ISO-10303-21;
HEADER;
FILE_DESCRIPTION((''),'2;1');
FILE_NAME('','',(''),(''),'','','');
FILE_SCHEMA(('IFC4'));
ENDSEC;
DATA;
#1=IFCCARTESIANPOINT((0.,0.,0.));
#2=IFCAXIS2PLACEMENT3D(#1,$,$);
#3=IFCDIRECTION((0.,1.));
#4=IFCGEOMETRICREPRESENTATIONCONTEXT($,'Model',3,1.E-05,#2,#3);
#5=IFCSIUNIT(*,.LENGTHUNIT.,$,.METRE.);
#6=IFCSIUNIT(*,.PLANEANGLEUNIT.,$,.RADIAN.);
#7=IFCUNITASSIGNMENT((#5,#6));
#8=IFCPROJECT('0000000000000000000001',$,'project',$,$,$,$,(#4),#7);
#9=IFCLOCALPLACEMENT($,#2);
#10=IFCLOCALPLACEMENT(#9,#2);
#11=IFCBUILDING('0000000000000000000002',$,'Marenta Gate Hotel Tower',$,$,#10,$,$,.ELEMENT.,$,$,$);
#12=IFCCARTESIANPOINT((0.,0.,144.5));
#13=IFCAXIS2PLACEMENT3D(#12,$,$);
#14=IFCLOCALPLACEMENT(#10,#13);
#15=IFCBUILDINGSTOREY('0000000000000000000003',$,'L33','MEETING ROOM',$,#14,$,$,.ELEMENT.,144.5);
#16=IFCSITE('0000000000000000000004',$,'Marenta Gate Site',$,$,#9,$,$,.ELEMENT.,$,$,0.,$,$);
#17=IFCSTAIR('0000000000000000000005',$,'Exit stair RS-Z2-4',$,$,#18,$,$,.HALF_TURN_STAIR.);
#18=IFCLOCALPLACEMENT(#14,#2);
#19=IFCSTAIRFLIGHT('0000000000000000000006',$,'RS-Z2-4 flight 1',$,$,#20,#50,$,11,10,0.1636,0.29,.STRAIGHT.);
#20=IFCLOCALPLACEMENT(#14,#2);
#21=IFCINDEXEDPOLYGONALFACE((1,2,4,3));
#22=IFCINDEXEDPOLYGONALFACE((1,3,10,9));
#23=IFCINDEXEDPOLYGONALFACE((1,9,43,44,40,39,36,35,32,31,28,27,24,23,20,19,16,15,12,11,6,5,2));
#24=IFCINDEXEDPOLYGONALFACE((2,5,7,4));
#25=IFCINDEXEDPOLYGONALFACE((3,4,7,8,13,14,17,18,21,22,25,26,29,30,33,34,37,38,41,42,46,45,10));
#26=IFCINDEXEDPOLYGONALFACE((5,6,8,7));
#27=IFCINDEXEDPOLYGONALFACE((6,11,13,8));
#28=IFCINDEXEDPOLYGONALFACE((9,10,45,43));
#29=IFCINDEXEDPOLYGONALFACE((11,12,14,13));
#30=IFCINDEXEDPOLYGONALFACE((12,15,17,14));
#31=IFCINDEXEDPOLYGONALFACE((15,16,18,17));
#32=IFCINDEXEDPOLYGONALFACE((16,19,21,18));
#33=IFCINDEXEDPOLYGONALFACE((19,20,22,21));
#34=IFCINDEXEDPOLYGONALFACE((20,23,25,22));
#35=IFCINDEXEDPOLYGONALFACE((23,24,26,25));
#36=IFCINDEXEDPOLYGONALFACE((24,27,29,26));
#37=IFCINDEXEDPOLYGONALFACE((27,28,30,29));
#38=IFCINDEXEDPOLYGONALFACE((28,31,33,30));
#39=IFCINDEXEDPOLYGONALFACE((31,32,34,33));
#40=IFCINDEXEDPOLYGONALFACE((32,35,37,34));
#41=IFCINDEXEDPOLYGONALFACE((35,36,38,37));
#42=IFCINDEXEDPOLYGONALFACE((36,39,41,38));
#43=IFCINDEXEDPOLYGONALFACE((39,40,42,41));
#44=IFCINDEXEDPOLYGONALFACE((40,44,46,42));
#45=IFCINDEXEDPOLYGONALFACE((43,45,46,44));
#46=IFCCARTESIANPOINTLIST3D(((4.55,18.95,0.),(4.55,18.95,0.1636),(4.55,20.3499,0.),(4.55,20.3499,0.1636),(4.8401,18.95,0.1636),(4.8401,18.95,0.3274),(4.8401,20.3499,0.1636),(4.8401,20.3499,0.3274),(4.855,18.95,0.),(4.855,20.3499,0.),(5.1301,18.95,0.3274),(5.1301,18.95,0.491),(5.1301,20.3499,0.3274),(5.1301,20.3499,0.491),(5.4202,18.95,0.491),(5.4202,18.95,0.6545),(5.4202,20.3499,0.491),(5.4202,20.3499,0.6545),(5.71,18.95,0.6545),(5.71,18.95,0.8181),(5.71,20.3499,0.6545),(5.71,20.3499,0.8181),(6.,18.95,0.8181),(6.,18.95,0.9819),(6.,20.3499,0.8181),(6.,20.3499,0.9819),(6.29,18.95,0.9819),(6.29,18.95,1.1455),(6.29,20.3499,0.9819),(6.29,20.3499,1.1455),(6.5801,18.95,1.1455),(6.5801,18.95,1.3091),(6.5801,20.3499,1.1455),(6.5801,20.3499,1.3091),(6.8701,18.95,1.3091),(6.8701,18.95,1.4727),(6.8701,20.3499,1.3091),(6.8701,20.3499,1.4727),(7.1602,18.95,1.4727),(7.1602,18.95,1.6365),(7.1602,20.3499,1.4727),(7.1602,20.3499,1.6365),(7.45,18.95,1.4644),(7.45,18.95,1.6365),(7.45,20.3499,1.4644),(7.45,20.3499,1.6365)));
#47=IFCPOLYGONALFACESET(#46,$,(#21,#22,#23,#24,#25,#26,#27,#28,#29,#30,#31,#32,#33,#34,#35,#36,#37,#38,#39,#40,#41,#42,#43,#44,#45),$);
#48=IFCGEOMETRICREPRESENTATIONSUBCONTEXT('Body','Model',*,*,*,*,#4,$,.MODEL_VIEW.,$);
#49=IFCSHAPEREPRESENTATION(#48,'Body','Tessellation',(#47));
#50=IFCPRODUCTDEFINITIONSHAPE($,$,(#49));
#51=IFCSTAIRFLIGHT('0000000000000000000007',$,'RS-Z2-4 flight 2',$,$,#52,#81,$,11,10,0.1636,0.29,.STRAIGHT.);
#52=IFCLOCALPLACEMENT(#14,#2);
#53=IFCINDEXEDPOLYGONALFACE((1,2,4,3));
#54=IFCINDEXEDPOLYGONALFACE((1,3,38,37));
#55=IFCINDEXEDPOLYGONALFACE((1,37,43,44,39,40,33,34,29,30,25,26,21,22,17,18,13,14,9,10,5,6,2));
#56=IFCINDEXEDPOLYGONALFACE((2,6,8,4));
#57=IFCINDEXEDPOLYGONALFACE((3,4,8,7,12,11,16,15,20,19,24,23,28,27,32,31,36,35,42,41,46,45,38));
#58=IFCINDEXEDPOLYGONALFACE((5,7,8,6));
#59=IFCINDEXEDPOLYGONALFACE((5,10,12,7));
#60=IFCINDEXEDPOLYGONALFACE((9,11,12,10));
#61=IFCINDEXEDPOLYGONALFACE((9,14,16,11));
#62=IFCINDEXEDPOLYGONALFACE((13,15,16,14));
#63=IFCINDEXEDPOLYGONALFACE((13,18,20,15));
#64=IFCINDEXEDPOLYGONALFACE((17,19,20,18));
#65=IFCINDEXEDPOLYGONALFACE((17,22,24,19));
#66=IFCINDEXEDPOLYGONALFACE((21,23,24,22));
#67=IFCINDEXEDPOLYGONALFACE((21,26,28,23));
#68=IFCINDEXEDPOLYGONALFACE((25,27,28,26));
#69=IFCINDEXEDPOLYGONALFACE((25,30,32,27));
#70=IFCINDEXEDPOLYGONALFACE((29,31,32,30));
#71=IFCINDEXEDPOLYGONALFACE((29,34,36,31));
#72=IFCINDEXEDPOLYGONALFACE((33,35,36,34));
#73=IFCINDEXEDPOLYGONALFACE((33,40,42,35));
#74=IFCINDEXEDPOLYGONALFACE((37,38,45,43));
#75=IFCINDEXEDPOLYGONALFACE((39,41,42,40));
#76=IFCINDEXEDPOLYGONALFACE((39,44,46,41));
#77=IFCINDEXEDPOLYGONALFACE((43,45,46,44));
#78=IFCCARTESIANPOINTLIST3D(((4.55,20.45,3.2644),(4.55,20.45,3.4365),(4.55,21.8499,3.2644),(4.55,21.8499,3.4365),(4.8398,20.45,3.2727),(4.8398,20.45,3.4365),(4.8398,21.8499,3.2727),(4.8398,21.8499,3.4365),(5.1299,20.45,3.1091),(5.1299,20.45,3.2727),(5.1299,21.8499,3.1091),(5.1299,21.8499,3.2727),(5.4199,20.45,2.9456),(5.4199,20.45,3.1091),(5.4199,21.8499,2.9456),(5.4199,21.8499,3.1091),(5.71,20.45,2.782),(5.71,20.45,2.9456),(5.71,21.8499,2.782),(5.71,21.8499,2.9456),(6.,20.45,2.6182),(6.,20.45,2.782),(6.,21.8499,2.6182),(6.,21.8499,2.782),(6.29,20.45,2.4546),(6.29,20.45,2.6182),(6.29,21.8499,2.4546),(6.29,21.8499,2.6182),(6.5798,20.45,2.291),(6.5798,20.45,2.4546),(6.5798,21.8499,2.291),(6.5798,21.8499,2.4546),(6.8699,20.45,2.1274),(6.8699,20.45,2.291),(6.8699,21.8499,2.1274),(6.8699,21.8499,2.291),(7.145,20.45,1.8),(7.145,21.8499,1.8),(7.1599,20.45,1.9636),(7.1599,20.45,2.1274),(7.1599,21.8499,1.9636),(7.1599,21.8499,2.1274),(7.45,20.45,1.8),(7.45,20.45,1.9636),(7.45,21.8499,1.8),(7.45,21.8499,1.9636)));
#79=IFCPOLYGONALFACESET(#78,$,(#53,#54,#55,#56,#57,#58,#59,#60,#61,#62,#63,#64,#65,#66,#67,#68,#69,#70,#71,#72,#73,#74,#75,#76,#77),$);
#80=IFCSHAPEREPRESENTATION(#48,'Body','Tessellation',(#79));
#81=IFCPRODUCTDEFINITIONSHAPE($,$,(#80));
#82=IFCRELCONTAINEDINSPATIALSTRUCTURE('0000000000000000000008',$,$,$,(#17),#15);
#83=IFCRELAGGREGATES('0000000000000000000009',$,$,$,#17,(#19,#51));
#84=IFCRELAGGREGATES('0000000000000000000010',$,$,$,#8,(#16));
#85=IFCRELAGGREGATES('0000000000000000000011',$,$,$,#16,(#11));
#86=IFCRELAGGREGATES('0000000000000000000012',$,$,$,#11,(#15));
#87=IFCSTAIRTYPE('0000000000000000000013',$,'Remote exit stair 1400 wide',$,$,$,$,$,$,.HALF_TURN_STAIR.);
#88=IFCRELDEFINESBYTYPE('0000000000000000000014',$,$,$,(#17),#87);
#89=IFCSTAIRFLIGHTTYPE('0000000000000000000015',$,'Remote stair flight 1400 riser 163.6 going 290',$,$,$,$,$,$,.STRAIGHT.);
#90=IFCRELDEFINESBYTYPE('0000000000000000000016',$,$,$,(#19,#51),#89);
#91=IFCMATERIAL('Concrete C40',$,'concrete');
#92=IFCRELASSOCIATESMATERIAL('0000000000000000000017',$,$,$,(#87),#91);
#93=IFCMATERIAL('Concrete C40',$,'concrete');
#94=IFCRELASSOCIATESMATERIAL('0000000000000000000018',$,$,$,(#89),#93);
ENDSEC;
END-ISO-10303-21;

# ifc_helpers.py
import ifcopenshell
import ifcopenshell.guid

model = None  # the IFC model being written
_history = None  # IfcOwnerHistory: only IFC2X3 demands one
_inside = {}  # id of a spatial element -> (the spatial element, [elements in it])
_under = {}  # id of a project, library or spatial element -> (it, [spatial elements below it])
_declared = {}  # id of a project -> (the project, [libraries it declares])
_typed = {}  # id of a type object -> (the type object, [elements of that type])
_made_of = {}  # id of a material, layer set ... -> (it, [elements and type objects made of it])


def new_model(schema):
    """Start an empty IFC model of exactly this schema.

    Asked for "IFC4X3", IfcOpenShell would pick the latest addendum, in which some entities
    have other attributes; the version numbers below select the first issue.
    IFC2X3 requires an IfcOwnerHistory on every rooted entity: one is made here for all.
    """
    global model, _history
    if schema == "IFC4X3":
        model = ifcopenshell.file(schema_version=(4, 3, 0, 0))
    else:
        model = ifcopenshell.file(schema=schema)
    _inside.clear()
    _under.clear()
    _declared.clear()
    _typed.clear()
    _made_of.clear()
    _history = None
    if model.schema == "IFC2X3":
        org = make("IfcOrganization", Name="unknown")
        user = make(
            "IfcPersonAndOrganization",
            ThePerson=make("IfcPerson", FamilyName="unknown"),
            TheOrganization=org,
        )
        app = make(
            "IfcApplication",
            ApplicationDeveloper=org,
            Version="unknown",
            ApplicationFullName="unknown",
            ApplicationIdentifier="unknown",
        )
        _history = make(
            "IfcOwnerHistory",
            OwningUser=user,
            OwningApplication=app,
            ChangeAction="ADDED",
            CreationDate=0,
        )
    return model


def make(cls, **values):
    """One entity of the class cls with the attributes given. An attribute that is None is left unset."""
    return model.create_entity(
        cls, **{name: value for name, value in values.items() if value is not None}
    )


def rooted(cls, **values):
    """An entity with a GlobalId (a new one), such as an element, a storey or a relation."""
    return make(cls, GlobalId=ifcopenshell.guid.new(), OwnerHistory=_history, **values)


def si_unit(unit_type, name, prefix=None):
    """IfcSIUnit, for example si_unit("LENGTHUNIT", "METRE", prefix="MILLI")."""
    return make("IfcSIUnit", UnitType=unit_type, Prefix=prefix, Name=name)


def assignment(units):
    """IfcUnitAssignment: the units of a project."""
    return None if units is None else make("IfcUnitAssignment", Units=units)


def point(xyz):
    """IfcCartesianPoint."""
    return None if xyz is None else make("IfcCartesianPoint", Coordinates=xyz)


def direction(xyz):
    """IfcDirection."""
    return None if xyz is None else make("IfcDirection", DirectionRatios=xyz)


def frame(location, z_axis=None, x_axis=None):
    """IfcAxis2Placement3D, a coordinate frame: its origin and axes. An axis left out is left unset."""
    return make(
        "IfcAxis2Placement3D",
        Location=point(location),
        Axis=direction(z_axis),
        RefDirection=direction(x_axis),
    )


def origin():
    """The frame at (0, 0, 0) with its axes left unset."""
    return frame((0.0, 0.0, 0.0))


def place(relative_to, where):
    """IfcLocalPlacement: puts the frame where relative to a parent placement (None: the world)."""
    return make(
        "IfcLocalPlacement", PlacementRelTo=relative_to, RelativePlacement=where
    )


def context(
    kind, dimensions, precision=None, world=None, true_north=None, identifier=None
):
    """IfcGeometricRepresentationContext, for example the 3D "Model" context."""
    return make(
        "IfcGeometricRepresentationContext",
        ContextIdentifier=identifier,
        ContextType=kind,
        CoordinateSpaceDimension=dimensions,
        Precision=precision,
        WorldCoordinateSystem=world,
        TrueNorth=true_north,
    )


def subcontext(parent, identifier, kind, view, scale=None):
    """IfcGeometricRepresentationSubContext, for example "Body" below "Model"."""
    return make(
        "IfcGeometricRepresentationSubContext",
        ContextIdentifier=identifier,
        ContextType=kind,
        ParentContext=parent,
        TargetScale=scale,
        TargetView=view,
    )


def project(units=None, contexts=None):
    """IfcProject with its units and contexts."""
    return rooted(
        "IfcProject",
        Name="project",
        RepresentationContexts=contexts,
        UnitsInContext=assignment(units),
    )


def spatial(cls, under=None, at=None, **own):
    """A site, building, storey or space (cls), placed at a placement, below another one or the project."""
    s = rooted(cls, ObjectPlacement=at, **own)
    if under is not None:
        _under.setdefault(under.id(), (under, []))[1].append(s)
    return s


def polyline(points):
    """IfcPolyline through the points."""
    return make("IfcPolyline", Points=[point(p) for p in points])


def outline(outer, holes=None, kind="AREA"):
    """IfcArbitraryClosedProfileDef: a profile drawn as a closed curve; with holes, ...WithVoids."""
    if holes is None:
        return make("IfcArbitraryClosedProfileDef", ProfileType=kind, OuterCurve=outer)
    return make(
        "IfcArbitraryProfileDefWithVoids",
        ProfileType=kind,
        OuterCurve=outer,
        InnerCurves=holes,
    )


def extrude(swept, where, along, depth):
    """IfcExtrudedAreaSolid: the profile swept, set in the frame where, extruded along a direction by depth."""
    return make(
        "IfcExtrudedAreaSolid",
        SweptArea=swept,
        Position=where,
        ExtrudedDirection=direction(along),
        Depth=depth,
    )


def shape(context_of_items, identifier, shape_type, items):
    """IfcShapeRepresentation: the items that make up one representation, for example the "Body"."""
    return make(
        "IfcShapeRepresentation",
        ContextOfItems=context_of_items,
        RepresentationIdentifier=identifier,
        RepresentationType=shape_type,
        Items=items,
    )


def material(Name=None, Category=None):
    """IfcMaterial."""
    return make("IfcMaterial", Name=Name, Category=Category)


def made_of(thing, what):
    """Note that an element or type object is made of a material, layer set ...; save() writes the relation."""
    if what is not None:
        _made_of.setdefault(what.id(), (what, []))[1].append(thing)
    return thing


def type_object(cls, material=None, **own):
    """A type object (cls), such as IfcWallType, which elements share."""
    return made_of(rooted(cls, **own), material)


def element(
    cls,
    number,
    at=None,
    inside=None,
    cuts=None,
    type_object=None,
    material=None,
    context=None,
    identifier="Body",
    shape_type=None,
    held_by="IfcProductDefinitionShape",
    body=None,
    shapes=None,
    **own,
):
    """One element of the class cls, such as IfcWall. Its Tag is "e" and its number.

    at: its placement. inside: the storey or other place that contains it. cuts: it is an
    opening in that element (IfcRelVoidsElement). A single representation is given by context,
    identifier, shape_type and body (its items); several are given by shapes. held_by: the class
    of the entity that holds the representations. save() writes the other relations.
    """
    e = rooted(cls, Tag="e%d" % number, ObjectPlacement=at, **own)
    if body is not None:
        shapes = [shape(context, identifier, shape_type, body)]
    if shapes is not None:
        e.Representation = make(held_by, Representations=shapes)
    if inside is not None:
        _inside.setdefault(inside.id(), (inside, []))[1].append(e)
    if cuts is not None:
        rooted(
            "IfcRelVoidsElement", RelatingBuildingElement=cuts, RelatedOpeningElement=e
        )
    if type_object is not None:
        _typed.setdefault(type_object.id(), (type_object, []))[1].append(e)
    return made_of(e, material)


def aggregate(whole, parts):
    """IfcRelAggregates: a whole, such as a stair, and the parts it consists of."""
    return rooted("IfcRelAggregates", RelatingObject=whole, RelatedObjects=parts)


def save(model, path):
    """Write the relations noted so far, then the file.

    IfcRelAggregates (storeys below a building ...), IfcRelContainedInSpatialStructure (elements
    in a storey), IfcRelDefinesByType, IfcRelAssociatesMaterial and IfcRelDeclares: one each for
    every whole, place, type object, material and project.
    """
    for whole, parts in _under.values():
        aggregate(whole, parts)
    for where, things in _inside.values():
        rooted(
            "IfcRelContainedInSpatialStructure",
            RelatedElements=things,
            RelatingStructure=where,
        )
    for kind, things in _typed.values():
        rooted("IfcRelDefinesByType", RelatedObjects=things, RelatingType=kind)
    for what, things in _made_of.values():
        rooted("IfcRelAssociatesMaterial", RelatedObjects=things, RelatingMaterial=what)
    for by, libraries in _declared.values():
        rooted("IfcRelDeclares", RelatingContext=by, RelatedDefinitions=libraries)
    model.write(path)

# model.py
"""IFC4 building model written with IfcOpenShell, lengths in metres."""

from ifc_helpers import new_model, si_unit, direction, frame, origin, place, context, subcontext, project, spatial, polyline, outline, extrude, material, type_object, element, aggregate, save


model = new_model("IFC4")

# Units and contexts
model_context = context("Model", 3, precision=1e-05, world=origin(), true_north=direction((0.0, 1.0)))
body_context = subcontext(model_context, "Body", "Model", "MODEL_VIEW")
ifc_project = project(units=[si_unit("LENGTHUNIT", "METRE"), si_unit("PLANEANGLEUNIT", "RADIAN")], contexts=[model_context])

# Site, building, storey
site_placement = place(None, origin())
site = spatial("IfcSite", under=ifc_project, at=site_placement, Name="Marenta Gate Site", CompositionType="ELEMENT", RefElevation=0.0)
building_placement = place(site_placement, origin())
building = spatial("IfcBuilding", under=site, at=building_placement, Name="Marenta Gate Hotel Tower", CompositionType="ELEMENT")
storey_placement = place(building_placement, frame((0.0, 0.0, 144.5)))
storey = spatial("IfcBuildingStorey", under=building, at=storey_placement, Name="L33", Description="MEETING ROOM", CompositionType="ELEMENT", Elevation=144.5)

# Stair, stair flights
ifc_material_1 = material(Name="Concrete C40", Category="concrete")
stair_type = type_object("IfcStairType", Name="Remote exit stair 1400 wide", PredefinedType="HALF_TURN_STAIR", material=ifc_material_1)
stair_placement = place(storey_placement, origin())
stair = element("IfcStair", 1, at=stair_placement, inside=storey, type_object=stair_type, Name="Exit stair RS-Z2-4", PredefinedType="HALF_TURN_STAIR")
ifc_material_2 = material(Name="Concrete C40", Category="concrete")
stair_flight_type = type_object("IfcStairFlightType", Name="Remote stair flight 1400 riser 163.6 going 290", PredefinedType="STRAIGHT", material=ifc_material_2)
stair_flight_1_placement = place(storey_placement, frame((4.55, 19.6499, 0.0), z_axis=(0.0, 0.0, 1.0), x_axis=(1.0, 0.0, 0.0)))
stair_flight_1 = element("IfcStairFlight", 2, at=stair_flight_1_placement, type_object=stair_flight_type, Name="RS-Z2-4 flight 1", NumberOfRisers=11, NumberOfTreads=10, PredefinedType="STRAIGHT", RiserHeight=0.1636, TreadLength=0.29, context=body_context, shape_type="SweptSolid", body=[
    extrude(outline(polyline([(0.0, 0.0), (0.0, 0.1636), (0.29, 0.1636), (0.29, 0.3274), (0.5801, 0.3274), (0.5801, 0.491), (0.8701, 0.491), (0.8701, 0.6545), (1.1599, 0.6545), (1.1599, 0.8181), (1.45, 0.8181), (1.45, 0.9819), (1.74, 0.9819), (1.74, 1.1455), (2.03, 1.1455), (2.03, 1.3091), (2.3201, 1.3091), (2.3201, 1.4727), (2.6101, 1.4727), (2.6101, 1.6365), (2.8999, 1.6365), (2.8999, 1.8), (2.8999, 1.4644), (0.3049, 0.0), (0.0, 0.0)])), frame((0.0, 0.7, 0.0), z_axis=(0.0, -1.0, 0.0), x_axis=(1.0, 0.0, 0.0)), (0.0, 0.0, 1.0), 1.3999),
])
stair_flight_2_placement = place(storey_placement, frame((7.45, 21.1499, 1.8), z_axis=(0.0, 0.0, 1.0), x_axis=(-1.0, 0.0, 0.0)))
stair_flight_2 = element("IfcStairFlight", 3, at=stair_flight_2_placement, type_object=stair_flight_type, Name="RS-Z2-4 flight 2", NumberOfRisers=11, NumberOfTreads=10, PredefinedType="STRAIGHT", RiserHeight=0.1636, TreadLength=0.29, context=body_context, shape_type="SweptSolid", body=[
    extrude(outline(polyline([(0.0, 0.0), (0.0, 0.1636), (0.29, 0.1636), (0.29, 0.3274), (0.5801, 0.3274), (0.5801, 0.491), (0.8701, 0.491), (0.8701, 0.6545), (1.1599, 0.6545), (1.1599, 0.8181), (1.45, 0.8181), (1.45, 0.9819), (1.74, 0.9819), (1.74, 1.1455), (2.03, 1.1455), (2.03, 1.3091), (2.3201, 1.3091), (2.3201, 1.4727), (2.6101, 1.4727), (2.6101, 1.6365), (2.8999, 1.6365), (2.8999, 1.8), (2.8999, 1.4644), (0.3049, 0.0), (0.0, 0.0)])), frame((0.0, 0.7, 0.0), z_axis=(0.0, -1.0, 0.0), x_axis=(1.0, 0.0, 0.0)), (0.0, 0.0, 1.0), 1.3999),
])
aggregate(stair, [stair_flight_1, stair_flight_2])

save(model, "model.ifc")
